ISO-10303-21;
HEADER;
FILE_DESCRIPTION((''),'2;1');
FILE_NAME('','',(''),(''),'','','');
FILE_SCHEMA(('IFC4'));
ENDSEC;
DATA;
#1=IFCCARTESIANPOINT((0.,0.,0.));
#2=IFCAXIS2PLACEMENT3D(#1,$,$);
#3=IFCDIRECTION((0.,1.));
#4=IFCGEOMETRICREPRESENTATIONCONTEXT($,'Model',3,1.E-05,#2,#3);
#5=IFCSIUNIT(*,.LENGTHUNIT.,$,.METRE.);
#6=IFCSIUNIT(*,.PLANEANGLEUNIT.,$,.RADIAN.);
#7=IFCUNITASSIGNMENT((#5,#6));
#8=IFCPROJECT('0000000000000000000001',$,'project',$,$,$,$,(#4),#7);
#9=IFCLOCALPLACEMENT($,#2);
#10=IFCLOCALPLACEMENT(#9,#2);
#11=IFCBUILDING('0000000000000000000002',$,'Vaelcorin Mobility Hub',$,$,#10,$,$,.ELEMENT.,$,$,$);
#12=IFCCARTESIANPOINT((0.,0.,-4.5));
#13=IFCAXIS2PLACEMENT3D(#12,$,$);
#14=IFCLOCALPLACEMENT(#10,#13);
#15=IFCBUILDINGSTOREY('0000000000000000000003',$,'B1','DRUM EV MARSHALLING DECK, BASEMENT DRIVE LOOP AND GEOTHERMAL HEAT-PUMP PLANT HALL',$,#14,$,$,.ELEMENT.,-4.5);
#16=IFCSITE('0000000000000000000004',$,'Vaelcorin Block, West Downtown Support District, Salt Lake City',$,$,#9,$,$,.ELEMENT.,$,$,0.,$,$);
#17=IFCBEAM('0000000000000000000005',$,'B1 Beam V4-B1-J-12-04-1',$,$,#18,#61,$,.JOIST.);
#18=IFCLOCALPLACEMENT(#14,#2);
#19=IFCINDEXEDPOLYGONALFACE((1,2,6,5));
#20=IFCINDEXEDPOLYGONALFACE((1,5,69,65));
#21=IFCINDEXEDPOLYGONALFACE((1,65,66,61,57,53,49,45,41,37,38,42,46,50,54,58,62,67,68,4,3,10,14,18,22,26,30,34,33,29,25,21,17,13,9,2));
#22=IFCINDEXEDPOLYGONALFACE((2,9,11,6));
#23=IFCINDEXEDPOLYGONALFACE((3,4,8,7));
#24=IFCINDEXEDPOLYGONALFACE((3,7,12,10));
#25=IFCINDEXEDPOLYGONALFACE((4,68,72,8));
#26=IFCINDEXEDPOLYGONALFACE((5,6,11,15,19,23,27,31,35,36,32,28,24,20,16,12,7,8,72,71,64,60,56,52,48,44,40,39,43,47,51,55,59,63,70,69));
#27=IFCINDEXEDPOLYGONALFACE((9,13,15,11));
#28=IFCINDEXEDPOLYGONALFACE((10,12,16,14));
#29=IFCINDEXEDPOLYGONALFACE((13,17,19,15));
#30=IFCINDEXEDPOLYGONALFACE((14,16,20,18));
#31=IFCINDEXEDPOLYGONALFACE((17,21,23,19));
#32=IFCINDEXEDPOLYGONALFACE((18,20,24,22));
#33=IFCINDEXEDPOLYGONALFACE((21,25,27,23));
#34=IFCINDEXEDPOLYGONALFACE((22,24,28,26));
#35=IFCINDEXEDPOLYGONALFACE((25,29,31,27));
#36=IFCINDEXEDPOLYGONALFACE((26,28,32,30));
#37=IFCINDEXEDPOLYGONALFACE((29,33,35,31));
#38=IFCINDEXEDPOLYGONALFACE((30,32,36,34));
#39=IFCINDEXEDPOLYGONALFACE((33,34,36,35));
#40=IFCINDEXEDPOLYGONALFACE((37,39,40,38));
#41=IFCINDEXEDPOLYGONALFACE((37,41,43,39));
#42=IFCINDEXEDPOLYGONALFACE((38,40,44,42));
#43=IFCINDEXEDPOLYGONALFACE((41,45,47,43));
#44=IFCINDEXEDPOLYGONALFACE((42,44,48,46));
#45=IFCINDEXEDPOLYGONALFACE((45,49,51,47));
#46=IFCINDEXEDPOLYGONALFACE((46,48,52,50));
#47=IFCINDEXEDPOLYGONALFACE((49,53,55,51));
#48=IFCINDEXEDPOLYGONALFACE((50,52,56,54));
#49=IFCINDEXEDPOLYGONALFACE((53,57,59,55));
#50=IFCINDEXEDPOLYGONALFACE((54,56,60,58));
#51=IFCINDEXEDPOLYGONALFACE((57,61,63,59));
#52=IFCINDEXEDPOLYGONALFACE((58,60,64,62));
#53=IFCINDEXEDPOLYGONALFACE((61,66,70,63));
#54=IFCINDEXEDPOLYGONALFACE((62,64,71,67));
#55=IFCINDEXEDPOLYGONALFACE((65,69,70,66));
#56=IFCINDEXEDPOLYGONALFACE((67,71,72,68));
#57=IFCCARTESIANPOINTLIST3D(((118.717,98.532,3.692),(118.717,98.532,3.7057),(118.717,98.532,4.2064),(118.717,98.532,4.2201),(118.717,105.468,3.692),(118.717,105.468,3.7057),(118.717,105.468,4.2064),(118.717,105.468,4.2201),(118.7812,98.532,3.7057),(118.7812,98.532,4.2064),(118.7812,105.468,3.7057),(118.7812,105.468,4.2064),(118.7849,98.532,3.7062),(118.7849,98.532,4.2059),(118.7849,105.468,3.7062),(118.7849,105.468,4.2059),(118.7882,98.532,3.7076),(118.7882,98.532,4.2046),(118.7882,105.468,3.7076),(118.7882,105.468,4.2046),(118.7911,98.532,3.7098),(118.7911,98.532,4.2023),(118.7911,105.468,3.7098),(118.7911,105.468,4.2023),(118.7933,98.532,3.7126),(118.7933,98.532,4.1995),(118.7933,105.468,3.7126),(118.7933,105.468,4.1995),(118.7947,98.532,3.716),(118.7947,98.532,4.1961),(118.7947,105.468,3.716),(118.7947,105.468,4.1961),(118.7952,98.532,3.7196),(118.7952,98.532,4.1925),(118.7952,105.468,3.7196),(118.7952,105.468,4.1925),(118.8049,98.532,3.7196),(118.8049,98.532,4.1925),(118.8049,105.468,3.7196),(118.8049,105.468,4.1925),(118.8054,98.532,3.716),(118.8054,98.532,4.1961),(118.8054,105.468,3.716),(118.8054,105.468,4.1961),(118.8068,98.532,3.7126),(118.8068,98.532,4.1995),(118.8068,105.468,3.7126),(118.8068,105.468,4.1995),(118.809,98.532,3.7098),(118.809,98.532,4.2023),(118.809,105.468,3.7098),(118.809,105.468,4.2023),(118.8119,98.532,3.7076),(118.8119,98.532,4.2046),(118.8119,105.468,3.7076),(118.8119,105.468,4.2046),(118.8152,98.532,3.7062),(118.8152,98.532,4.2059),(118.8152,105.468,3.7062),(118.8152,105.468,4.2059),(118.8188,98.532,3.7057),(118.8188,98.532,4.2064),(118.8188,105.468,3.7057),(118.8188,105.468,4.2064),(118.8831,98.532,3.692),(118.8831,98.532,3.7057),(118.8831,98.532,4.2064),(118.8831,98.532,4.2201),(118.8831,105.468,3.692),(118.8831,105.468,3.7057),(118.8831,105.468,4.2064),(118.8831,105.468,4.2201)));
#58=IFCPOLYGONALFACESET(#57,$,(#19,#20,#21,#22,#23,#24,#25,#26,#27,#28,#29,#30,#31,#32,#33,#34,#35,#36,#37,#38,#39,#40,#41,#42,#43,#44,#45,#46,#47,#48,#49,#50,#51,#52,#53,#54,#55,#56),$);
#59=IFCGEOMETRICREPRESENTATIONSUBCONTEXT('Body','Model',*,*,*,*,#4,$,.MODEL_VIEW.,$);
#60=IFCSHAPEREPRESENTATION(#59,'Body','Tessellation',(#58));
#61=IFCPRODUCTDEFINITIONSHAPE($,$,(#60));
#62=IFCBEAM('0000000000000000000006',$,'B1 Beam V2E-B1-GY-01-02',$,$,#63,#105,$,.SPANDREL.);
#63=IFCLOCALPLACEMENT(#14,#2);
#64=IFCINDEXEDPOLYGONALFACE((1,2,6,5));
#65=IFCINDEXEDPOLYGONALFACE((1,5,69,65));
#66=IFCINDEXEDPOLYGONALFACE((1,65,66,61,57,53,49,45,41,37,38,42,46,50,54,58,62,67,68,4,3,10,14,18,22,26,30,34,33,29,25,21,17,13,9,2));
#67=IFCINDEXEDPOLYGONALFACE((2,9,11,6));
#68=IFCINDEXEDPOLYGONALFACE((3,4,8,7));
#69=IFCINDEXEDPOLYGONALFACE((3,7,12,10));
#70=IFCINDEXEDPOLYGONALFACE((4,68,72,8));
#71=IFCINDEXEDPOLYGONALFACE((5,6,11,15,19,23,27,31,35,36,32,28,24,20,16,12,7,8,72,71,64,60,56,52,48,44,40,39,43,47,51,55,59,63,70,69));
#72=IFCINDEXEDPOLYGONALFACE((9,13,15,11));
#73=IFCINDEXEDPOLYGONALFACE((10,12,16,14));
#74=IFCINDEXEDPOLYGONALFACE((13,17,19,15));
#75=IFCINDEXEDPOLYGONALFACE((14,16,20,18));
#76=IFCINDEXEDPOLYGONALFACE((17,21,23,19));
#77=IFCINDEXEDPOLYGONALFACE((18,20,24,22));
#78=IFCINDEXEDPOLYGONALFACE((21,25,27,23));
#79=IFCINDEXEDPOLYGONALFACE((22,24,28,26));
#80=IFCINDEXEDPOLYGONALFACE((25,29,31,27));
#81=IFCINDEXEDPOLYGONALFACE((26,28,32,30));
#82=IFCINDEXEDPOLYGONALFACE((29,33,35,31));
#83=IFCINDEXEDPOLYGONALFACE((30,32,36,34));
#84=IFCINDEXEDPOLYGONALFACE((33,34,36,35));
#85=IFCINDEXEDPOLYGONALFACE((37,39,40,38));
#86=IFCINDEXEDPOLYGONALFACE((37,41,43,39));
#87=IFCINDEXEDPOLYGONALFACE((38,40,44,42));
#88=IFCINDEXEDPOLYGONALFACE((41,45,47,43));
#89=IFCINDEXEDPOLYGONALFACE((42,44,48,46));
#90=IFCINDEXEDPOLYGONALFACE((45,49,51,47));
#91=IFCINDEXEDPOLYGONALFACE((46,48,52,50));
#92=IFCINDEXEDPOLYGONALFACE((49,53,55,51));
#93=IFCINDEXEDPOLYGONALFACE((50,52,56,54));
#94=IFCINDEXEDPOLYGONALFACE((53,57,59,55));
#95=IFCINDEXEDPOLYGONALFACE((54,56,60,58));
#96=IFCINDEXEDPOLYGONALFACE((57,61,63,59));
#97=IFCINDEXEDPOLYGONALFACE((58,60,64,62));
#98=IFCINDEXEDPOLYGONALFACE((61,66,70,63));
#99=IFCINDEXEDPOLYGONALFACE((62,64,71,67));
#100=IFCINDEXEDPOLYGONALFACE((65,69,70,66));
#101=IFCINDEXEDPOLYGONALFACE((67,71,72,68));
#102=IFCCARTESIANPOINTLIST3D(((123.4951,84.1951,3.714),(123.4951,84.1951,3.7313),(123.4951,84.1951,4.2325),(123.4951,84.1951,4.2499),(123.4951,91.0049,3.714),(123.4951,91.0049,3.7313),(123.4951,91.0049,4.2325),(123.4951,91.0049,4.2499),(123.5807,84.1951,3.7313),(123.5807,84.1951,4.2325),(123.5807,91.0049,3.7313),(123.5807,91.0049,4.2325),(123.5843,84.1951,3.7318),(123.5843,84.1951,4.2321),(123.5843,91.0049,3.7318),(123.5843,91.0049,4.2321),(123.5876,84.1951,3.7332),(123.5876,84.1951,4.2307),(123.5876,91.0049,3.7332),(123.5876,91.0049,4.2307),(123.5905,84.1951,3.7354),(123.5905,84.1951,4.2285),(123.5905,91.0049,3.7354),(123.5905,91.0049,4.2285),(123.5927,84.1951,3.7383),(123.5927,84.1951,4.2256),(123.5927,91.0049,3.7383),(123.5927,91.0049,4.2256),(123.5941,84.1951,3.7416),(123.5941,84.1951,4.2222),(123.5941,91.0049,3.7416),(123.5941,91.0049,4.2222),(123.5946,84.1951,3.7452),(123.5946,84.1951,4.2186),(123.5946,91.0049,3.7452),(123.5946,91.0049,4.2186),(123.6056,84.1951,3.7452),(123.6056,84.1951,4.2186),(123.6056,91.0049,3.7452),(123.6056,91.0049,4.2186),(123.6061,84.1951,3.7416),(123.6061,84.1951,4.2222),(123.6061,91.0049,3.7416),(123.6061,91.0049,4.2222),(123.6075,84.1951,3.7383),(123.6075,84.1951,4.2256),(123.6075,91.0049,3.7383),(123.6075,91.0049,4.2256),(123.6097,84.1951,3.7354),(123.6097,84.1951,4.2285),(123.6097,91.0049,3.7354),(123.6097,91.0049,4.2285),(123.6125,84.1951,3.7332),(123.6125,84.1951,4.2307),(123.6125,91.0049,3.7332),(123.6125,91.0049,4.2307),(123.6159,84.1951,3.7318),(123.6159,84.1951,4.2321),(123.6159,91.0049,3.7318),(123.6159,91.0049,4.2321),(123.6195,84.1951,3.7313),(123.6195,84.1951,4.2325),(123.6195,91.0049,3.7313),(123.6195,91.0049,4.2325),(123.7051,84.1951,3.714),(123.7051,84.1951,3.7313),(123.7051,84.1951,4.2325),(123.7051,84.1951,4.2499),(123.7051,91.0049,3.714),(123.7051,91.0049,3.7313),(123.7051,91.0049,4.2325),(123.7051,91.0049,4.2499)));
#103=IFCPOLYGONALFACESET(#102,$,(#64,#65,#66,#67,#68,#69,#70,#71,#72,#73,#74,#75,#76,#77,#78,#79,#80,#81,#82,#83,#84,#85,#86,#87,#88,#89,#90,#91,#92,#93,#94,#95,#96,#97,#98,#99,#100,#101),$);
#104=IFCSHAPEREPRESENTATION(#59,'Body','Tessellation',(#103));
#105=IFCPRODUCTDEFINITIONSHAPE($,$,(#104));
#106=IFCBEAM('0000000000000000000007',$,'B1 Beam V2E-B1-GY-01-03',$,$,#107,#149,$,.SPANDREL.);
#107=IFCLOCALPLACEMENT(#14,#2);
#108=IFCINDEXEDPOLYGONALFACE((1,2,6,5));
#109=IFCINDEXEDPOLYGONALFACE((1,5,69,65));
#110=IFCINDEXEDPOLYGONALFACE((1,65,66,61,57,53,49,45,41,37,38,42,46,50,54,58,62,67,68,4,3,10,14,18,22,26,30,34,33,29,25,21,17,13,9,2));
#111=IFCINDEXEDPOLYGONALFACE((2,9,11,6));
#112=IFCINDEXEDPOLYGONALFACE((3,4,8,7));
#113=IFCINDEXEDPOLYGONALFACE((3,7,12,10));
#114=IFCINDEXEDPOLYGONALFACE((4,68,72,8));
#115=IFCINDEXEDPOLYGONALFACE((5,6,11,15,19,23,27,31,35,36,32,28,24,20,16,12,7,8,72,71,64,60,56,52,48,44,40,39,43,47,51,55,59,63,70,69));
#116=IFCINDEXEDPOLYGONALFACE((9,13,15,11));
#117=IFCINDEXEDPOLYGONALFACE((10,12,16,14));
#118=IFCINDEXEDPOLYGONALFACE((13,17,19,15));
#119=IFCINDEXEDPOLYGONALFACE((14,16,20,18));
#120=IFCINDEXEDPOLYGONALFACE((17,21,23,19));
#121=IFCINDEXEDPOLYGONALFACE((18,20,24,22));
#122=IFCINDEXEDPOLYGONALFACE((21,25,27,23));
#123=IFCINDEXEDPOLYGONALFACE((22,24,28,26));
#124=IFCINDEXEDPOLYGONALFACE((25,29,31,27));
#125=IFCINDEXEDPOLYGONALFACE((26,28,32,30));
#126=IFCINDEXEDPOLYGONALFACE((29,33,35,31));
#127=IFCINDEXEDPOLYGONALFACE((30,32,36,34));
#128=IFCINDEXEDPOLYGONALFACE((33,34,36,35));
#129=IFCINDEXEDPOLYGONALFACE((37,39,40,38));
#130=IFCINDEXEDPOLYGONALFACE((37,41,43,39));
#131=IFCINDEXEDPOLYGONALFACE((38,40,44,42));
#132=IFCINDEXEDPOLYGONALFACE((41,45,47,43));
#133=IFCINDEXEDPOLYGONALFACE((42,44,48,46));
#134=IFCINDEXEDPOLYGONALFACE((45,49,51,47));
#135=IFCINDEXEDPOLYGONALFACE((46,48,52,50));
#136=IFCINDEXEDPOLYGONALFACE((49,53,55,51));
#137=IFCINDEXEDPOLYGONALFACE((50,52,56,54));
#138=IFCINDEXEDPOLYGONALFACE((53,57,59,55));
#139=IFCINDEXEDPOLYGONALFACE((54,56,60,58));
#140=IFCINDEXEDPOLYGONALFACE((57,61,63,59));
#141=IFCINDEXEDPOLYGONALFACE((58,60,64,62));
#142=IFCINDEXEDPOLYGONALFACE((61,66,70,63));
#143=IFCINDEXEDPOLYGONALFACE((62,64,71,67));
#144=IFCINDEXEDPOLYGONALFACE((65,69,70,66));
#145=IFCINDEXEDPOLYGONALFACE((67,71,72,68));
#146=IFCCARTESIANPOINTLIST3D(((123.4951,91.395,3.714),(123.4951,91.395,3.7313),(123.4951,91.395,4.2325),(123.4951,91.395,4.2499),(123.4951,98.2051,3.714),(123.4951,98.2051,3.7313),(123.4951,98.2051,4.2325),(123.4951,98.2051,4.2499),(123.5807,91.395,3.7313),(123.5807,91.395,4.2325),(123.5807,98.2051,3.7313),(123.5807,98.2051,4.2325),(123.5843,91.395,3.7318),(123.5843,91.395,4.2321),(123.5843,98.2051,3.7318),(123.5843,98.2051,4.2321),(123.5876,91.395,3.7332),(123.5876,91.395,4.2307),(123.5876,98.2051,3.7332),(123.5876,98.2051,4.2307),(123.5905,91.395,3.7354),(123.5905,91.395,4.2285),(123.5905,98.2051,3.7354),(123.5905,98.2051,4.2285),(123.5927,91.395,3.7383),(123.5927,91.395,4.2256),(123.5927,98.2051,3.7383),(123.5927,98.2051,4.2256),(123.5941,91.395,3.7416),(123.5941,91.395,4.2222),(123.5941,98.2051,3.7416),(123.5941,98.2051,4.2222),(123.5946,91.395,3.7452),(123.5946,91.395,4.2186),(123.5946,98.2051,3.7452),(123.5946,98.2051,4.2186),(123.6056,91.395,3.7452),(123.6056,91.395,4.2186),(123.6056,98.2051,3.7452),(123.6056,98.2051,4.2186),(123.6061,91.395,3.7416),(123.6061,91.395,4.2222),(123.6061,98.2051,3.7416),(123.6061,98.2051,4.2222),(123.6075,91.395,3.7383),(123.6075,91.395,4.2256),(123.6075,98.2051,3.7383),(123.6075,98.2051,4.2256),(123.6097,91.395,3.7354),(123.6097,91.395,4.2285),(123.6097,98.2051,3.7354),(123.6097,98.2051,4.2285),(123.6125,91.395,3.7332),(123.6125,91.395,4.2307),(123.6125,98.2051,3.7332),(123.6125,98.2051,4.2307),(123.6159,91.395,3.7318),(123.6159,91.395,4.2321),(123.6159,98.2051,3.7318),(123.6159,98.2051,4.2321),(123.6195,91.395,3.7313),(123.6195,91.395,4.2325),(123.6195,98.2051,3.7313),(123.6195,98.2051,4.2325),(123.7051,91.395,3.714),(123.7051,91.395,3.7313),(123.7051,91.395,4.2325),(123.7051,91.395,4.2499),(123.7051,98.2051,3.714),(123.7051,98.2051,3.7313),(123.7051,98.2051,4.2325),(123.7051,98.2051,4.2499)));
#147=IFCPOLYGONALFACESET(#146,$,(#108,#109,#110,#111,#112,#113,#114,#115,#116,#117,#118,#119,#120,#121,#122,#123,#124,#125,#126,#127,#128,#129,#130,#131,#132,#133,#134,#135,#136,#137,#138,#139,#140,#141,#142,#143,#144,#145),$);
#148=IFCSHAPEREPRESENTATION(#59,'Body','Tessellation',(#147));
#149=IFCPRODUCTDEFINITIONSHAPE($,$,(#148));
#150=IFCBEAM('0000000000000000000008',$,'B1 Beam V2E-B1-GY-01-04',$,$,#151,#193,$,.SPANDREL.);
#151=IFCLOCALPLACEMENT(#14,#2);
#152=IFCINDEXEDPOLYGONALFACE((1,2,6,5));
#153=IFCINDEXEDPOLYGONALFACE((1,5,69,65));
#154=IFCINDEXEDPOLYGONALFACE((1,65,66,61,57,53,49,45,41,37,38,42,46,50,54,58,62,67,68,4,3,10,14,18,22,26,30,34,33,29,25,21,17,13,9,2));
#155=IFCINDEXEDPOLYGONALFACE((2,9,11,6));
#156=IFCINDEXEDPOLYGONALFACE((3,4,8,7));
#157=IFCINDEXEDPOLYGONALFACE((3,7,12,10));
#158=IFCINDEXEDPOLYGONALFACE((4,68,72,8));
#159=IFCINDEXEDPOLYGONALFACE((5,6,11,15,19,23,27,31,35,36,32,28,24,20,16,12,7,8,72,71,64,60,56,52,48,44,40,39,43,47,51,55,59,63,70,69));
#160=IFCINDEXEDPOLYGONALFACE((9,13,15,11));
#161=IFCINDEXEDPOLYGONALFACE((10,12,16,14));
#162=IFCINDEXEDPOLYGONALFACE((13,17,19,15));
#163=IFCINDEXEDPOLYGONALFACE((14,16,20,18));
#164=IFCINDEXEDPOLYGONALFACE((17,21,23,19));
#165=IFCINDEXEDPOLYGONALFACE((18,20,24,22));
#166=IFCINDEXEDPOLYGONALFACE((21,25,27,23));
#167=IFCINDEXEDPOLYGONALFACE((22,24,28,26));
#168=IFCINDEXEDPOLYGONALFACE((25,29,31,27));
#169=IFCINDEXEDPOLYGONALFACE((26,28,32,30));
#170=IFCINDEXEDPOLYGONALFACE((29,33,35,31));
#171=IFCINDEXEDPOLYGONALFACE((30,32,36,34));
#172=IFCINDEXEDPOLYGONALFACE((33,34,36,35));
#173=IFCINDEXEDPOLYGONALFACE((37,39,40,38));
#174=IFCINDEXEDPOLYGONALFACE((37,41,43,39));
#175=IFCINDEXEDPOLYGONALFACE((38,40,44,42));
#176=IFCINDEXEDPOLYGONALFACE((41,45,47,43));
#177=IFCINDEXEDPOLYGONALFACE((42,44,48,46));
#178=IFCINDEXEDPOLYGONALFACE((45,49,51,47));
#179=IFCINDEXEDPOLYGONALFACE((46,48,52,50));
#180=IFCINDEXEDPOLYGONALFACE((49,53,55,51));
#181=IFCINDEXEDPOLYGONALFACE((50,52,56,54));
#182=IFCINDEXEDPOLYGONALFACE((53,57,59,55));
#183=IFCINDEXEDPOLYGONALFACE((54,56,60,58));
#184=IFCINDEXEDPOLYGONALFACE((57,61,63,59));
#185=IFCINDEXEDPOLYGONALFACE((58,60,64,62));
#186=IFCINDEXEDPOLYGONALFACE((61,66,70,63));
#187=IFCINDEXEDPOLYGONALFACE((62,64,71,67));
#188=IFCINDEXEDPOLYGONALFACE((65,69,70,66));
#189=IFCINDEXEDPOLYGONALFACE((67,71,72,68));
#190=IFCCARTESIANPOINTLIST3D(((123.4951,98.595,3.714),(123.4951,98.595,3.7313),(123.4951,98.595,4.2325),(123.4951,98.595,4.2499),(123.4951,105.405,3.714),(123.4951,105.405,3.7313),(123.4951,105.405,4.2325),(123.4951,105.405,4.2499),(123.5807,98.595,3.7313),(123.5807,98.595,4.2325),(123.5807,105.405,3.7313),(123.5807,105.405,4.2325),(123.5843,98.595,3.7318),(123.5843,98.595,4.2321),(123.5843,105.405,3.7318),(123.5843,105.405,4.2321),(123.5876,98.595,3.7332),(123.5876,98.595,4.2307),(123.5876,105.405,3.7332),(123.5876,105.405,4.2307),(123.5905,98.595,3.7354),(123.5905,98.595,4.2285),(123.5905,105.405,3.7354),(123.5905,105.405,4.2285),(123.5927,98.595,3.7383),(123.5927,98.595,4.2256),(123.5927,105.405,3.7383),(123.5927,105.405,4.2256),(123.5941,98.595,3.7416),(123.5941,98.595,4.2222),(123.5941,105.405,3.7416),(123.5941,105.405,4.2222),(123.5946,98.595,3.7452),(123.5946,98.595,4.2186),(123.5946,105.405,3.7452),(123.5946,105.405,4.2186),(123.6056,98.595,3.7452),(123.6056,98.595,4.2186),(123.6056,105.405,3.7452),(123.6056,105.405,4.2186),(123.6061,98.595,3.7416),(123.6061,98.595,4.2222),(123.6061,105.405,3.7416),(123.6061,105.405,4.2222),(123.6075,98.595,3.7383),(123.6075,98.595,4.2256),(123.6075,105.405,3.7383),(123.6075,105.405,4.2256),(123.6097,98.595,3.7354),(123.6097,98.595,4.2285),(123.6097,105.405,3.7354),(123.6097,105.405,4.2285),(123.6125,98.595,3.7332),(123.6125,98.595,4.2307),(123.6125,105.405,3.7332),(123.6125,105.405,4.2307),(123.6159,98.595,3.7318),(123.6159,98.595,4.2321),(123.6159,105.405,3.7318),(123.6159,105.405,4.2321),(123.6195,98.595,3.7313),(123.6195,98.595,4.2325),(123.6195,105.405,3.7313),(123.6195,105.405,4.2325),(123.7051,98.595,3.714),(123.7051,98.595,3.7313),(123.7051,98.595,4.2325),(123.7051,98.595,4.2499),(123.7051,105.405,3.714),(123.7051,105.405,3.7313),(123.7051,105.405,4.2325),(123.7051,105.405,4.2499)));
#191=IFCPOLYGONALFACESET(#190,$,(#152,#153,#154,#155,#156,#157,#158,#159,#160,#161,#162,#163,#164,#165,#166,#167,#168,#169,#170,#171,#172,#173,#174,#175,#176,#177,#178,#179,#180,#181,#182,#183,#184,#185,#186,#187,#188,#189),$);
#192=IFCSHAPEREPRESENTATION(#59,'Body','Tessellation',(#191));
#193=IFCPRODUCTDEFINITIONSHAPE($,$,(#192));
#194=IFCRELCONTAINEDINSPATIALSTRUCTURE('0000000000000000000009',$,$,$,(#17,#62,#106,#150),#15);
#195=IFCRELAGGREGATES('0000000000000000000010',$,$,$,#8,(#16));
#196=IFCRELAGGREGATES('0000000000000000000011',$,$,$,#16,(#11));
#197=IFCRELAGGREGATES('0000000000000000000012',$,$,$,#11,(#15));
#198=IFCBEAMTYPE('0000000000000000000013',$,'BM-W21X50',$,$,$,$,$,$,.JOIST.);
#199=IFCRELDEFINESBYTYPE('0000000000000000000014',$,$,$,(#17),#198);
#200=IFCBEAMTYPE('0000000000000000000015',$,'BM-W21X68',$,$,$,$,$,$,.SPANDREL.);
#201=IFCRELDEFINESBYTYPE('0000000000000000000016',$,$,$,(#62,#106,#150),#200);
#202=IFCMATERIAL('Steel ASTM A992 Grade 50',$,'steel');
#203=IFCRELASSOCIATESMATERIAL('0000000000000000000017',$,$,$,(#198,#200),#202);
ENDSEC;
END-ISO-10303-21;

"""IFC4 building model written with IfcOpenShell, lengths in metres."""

from ifc_helpers import new_model, si_unit, direction, frame, origin, origin_2d, place, context, subcontext, project, spatial, i_section, extrude, material, material_profile, profile_set, type_object, element, save


model = new_model("IFC4")

# Units and contexts
model_context = context("Model", 3, precision=1e-05, world=origin(), true_north=direction((0.0, 1.0)))
body_context = subcontext(model_context, "Body", "Model", "MODEL_VIEW")
ifc_project = project(units=[si_unit("LENGTHUNIT", "METRE"), si_unit("PLANEANGLEUNIT", "RADIAN")], contexts=[model_context])

# Site, building, storey
site_placement = place(None, origin())
site = spatial("IfcSite", under=ifc_project, at=site_placement, Name="Vaelcorin Block, West Downtown Support District, Salt Lake City", CompositionType="ELEMENT", RefElevation=0.0)
building_placement = place(site_placement, origin())
building = spatial("IfcBuilding", under=site, at=building_placement, Name="Vaelcorin Mobility Hub", CompositionType="ELEMENT")
storey_placement = place(building_placement, frame((0.0, 0.0, -4.5)))
storey = spatial("IfcBuildingStorey", under=building, at=storey_placement, Name="B1", Description="DRUM EV MARSHALLING DECK, BASEMENT DRIVE LOOP AND GEOTHERMAL HEAT-PUMP PLANT HALL", CompositionType="ELEMENT", Elevation=-4.5)

# Shared definitions
ifc_material_1 = material(Name="Steel ASTM A992 Grade 50", Category="steel")

# Beams
ifc_material_profile_1 = material_profile(ifc_material_1, i_section(OverallWidth=0.166, OverallDepth=0.5281, WebThickness=0.0098, FlangeThickness=0.0137, FilletRadius=0.0139, at=origin_2d()), Name="W21X50")
ifc_profile_set_1 = profile_set([ifc_material_profile_1], Name="Steel ASTM A992 Grade 50")
beam_type_1 = type_object("IfcBeamType", Name="BM-W21X50", PredefinedType="JOIST", material=ifc_profile_set_1)
for number, where, z_axis, x_axis, name in (
    (1, (118.8, 98.532, 3.9561), (0.0, 1.0, 0.0), (-1.0, 0.0, 0.0), "B1 Beam V4-B1-J-12-04-1"),
):
    element("IfcBeam", number, at=place(storey_placement, frame(where, z_axis=z_axis, x_axis=x_axis)), inside=storey, type_object=beam_type_1, Name=name, PredefinedType="JOIST", context=body_context, shape_type="SweptSolid", body=[
        extrude(i_section(OverallWidth=0.166, OverallDepth=0.5281, WebThickness=0.0098, FlangeThickness=0.0137, FilletRadius=0.0139, at=origin_2d()), origin(), (0.0, 0.0, 1.0), 6.936),
    ])
ifc_material_profile_2 = material_profile(ifc_material_1, i_section(OverallWidth=0.21, OverallDepth=0.5359, WebThickness=0.011, FlangeThickness=0.0173, FilletRadius=0.0139, at=origin_2d()), Name="W21X68")
ifc_profile_set_2 = profile_set([ifc_material_profile_2], Name="Steel ASTM A992 Grade 50")
beam_type_2 = type_object("IfcBeamType", Name="BM-W21X68", PredefinedType="SPANDREL", material=ifc_profile_set_2)
beam_1_placement = place(storey_placement, frame((123.6001, 84.1951, 3.9819), z_axis=(0.0, 1.0, 0.0), x_axis=(-1.0, 0.0, 0.0)))
element("IfcBeam", 2, at=beam_1_placement, inside=storey, type_object=beam_type_2, Name="B1 Beam V2E-B1-GY-01-02", PredefinedType="SPANDREL", context=body_context, shape_type="SweptSolid", body=[
    extrude(i_section(OverallWidth=0.21, OverallDepth=0.5359, WebThickness=0.011, FlangeThickness=0.0173, FilletRadius=0.0139, at=origin_2d()), origin(), (0.0, 0.0, 1.0), 6.8098),
])
for number, where, z_axis, x_axis, name in (
    (3, (123.6001, 91.395, 3.9819), (0.0, 1.0, 0.0), (-1.0, 0.0, 0.0), "B1 Beam V2E-B1-GY-01-03"),
    (4, (123.6001, 98.595, 3.9819), (0.0, 1.0, 0.0), (-1.0, 0.0, 0.0), "B1 Beam V2E-B1-GY-01-04"),
):
    element("IfcBeam", number, at=place(storey_placement, frame(where, z_axis=z_axis, x_axis=x_axis)), inside=storey, type_object=beam_type_2, Name=name, PredefinedType="SPANDREL", context=body_context, shape_type="SweptSolid", body=[
        extrude(i_section(OverallWidth=0.21, OverallDepth=0.5359, WebThickness=0.011, FlangeThickness=0.0173, FilletRadius=0.0139, at=origin_2d()), origin(), (0.0, 0.0, 1.0), 6.8101),
    ])

save(model, "model.ifc")
